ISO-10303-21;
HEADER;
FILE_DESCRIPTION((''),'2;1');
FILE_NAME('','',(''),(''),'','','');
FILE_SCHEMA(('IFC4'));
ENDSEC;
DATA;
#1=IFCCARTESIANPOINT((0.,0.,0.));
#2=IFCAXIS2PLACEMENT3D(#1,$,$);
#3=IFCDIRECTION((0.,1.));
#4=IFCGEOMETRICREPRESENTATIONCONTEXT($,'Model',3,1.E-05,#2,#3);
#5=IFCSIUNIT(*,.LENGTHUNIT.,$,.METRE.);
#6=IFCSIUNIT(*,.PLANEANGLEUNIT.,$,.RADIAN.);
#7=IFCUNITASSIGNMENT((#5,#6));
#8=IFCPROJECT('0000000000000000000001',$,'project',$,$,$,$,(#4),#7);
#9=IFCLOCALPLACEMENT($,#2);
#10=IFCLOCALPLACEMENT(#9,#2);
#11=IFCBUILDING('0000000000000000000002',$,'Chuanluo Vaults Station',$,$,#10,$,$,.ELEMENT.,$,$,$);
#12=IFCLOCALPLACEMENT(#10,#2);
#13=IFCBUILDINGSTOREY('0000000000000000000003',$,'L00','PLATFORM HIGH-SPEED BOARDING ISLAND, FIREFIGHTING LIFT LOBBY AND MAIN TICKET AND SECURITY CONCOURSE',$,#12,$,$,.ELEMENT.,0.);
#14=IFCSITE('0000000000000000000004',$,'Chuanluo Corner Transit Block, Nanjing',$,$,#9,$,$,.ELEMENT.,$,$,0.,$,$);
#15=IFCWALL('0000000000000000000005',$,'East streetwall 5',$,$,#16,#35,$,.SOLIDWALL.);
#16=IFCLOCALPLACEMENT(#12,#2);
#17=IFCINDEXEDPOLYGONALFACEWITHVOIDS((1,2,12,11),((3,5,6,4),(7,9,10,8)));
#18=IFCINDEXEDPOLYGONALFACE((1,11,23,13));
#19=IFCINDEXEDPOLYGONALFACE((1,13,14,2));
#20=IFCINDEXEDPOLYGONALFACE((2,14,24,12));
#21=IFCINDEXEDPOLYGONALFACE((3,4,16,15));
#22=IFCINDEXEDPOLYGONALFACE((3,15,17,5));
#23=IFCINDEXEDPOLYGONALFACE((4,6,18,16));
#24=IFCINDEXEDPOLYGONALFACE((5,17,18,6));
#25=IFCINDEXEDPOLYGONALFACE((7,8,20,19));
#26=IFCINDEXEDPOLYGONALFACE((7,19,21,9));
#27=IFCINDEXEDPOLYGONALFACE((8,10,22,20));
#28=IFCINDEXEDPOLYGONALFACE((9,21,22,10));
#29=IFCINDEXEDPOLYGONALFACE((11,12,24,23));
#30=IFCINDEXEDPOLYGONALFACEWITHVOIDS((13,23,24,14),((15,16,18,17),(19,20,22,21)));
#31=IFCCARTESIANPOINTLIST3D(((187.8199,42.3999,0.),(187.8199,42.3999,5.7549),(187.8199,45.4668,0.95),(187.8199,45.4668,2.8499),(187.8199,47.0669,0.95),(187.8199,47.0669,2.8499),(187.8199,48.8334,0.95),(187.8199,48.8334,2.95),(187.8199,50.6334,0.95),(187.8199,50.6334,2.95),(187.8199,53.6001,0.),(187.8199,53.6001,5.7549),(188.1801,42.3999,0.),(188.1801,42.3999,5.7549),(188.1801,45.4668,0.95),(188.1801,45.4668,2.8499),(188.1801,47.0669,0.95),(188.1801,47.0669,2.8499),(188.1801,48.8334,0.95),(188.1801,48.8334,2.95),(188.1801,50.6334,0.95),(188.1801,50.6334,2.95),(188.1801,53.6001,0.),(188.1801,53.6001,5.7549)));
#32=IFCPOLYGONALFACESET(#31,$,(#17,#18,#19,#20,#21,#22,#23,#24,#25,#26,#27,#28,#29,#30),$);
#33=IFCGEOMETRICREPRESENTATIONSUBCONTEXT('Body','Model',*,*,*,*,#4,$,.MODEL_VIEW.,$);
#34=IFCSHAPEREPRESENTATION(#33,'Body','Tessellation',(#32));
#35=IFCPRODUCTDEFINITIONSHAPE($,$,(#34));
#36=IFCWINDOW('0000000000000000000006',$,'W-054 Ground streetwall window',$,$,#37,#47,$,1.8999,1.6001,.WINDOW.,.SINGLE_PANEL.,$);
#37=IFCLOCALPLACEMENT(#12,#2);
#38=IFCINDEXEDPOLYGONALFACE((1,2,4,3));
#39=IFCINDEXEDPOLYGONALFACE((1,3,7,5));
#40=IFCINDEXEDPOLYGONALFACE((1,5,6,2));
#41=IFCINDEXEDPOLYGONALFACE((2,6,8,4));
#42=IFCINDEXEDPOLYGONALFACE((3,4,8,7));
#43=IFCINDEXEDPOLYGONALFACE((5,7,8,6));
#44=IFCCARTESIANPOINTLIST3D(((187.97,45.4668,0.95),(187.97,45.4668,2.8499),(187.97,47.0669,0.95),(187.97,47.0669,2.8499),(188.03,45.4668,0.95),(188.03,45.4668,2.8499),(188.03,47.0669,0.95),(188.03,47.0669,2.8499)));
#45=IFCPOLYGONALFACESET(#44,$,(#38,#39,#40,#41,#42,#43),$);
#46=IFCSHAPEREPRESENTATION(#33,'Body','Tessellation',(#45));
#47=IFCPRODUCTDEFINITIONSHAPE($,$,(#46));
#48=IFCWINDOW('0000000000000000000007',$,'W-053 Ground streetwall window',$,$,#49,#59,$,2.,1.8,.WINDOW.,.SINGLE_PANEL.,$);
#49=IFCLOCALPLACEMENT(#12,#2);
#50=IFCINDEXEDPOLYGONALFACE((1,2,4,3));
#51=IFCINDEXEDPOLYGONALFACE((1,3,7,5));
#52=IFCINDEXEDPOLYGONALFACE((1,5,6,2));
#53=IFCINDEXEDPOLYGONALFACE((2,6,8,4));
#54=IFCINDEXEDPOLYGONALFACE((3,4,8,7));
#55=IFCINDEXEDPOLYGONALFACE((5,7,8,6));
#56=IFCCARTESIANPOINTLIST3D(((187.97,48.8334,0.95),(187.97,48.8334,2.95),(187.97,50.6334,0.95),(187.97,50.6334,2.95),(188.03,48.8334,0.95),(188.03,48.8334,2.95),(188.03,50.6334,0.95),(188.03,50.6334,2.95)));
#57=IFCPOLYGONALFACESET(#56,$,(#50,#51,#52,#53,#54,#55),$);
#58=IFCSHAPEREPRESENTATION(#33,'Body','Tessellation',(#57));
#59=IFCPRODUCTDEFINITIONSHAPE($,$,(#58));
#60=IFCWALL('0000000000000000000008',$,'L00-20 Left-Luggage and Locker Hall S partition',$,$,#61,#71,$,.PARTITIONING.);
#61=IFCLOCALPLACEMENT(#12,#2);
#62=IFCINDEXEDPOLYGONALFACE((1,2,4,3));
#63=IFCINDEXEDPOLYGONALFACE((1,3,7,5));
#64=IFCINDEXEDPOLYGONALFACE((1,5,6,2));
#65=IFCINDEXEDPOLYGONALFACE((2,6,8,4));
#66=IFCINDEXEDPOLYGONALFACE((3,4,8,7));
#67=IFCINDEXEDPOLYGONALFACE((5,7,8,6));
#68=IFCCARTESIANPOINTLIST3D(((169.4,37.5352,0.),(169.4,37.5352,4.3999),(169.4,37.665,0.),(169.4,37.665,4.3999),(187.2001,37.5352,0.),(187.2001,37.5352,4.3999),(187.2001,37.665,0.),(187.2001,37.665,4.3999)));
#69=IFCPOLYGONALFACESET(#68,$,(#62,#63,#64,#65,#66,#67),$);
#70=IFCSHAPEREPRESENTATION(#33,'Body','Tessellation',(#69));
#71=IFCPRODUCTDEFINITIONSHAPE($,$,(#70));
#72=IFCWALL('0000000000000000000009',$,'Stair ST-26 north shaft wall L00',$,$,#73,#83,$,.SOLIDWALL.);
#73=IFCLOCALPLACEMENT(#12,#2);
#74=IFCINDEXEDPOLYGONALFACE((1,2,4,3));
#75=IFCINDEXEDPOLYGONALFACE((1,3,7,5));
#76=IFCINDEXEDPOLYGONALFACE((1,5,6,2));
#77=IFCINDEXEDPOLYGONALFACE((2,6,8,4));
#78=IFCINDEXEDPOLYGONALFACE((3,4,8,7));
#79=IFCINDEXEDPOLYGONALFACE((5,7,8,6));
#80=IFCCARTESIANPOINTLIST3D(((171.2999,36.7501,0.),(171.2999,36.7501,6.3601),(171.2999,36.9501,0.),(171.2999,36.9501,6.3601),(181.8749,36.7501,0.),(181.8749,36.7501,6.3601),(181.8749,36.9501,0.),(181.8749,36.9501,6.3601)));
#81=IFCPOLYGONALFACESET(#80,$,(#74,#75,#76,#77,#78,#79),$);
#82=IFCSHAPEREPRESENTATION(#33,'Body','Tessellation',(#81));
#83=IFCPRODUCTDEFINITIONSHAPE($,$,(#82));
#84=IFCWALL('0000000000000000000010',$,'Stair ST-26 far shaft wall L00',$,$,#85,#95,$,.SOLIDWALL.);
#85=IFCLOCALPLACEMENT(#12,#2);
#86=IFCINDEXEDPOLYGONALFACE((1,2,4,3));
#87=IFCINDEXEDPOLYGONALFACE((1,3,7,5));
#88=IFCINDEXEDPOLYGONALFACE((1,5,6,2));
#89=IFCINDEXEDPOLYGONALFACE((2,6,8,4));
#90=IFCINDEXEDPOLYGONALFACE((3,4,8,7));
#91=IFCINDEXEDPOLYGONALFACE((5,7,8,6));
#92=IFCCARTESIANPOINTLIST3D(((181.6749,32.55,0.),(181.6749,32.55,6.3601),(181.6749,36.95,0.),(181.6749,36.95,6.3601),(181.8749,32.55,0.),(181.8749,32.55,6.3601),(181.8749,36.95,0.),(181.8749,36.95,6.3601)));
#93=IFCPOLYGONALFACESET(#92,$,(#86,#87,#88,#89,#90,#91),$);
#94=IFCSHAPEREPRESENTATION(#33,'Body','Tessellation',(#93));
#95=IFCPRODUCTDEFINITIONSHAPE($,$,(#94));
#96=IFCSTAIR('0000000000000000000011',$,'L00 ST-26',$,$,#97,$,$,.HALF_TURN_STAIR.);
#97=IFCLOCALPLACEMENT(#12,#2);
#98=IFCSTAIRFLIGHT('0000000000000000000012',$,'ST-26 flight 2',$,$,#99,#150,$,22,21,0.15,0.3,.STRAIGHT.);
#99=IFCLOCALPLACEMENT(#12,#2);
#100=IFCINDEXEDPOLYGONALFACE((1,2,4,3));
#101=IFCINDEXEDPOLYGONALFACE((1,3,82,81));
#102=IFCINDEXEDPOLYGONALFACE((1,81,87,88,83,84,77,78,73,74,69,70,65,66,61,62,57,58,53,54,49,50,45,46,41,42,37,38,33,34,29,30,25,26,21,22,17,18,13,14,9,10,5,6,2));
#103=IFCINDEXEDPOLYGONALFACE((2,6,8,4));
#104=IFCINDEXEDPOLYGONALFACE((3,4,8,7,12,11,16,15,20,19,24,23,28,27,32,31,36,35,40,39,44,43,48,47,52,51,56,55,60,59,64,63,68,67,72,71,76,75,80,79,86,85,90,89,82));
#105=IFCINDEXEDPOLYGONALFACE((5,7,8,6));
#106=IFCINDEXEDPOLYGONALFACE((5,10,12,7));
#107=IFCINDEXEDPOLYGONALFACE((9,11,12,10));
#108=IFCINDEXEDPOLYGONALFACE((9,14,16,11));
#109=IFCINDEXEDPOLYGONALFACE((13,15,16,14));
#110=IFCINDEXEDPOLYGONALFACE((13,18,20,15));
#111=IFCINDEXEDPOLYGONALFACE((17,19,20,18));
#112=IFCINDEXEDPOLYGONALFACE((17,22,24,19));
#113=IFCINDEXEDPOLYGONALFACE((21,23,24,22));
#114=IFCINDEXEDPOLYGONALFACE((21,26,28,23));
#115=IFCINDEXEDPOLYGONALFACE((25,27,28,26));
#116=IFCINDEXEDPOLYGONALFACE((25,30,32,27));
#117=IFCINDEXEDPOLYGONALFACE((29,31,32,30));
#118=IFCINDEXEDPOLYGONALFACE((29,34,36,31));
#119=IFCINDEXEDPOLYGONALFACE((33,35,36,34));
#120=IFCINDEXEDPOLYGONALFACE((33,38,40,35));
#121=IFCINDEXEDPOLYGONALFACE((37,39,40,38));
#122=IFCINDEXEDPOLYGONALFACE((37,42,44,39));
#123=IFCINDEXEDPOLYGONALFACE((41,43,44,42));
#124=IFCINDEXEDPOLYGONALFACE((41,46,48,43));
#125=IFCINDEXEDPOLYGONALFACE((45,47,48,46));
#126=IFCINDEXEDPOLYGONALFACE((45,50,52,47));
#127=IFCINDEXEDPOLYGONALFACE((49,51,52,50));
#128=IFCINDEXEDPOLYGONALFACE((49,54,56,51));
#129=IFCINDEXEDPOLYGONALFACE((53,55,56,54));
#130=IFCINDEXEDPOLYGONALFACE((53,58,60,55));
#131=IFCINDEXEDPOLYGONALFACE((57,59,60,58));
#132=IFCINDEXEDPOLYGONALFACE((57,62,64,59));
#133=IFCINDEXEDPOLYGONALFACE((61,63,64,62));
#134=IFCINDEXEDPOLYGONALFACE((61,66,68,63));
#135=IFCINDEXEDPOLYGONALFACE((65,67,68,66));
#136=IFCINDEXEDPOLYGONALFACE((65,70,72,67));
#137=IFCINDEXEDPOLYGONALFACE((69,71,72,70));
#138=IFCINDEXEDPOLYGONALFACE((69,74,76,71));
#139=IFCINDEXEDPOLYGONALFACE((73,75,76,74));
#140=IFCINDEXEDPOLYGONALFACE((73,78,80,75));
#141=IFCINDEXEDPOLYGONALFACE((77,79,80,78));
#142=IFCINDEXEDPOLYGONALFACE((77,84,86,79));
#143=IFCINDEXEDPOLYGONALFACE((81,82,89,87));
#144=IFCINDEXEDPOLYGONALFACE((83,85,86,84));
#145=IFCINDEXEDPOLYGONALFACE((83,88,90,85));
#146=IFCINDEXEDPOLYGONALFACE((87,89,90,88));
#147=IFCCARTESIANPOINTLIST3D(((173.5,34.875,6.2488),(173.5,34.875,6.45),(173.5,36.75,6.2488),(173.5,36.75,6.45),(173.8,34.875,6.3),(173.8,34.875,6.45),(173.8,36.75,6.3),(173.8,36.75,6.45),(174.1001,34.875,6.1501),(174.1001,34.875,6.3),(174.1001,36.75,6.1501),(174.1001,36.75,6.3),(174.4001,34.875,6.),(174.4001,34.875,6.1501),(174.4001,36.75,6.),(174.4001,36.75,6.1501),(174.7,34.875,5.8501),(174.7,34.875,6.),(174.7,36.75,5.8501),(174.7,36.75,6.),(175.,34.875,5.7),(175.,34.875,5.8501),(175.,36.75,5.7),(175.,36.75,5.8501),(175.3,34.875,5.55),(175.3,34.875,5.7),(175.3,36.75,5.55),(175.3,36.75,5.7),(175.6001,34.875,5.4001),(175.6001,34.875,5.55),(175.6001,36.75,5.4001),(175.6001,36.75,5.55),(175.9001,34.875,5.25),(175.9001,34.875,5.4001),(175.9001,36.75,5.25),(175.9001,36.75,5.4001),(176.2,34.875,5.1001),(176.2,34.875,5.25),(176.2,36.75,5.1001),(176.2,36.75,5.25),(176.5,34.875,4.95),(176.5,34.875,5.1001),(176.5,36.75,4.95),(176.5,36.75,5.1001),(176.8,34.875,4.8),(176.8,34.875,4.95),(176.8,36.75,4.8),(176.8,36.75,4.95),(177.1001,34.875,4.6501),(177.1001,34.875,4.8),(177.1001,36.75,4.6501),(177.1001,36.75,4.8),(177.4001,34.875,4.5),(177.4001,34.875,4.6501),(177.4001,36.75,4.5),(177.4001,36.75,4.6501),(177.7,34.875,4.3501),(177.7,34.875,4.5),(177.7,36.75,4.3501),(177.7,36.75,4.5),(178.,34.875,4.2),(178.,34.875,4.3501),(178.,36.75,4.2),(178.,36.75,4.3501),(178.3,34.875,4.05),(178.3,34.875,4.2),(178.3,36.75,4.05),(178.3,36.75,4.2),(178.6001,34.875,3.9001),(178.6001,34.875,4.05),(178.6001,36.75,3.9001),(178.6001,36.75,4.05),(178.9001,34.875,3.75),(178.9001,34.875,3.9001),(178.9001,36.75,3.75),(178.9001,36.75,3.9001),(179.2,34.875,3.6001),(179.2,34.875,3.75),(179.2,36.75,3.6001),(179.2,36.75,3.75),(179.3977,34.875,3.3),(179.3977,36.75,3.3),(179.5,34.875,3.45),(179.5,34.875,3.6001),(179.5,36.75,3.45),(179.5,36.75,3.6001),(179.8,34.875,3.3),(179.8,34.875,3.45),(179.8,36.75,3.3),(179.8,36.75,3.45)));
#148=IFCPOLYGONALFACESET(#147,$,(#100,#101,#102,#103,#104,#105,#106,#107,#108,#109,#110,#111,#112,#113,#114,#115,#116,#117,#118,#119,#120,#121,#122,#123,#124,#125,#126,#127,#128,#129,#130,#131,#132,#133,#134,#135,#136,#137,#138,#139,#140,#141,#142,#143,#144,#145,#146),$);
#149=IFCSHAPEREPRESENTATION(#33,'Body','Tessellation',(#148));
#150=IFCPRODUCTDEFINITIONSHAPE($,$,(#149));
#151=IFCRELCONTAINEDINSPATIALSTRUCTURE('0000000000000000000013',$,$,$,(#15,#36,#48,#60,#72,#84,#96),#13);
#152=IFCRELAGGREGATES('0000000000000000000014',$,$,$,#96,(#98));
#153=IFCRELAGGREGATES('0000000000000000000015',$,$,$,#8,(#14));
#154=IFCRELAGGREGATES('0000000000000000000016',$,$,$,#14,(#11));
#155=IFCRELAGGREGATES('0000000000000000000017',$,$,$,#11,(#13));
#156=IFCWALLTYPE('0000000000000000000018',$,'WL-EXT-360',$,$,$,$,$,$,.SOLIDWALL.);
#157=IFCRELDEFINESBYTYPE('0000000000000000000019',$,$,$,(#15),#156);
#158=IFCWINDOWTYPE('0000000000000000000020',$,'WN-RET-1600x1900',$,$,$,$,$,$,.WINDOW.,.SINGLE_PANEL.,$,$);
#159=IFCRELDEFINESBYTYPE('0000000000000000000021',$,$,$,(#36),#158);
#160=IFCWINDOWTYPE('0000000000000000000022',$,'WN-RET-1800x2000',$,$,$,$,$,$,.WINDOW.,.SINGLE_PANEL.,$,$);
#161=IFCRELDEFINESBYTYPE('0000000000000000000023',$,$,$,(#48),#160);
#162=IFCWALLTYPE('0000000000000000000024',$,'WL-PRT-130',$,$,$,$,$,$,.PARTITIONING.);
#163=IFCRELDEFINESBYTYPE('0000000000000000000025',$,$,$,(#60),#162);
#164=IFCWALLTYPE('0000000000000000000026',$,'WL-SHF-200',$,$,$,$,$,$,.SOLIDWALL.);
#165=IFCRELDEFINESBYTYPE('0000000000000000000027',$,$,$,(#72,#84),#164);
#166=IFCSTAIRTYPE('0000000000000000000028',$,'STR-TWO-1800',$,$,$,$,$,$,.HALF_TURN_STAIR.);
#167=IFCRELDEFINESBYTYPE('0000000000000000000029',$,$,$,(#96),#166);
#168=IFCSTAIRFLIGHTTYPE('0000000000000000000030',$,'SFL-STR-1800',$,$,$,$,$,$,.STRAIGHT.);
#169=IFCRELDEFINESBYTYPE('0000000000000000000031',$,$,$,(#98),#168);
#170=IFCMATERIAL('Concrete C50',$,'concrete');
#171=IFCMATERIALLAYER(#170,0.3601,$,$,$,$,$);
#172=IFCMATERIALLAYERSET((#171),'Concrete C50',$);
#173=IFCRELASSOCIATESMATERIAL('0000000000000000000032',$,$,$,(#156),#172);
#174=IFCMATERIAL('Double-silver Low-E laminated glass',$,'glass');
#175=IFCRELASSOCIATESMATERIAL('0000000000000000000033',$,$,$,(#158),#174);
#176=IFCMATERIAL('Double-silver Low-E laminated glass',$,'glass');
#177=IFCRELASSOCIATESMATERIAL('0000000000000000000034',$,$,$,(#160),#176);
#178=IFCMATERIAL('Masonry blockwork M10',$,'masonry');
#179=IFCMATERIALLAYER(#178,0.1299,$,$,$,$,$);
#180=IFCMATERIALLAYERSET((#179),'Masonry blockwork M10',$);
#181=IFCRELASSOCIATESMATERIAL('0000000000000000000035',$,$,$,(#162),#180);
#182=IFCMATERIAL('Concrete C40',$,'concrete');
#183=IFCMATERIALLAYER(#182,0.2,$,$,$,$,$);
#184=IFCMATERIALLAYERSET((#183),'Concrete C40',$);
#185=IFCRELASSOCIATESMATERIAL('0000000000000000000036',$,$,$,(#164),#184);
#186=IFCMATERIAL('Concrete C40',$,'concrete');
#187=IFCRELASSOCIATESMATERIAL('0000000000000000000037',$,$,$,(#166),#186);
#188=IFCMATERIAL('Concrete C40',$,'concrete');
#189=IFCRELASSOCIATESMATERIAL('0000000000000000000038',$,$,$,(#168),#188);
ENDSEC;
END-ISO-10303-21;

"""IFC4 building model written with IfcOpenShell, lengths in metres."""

from ifc_helpers import new_model, si_unit, direction, frame, frame_2d, origin, place, context, subcontext, project, spatial, polyline, rectangle, outline, extrude, material, layer, layer_set, type_object, element, fill, aggregate, save


model = new_model("IFC4")

# Units and contexts
model_context = context("Model", 3, precision=1e-05, world=origin(), true_north=direction((0.0, 1.0)))
body_context = subcontext(model_context, "Body", "Model", "MODEL_VIEW")
ifc_project = project(units=[si_unit("LENGTHUNIT", "METRE"), si_unit("PLANEANGLEUNIT", "RADIAN")], contexts=[model_context])

# Site, building, storey
site_placement = place(None, origin())
site = spatial("IfcSite", under=ifc_project, at=site_placement, Name="Chuanluo Corner Transit Block, Nanjing", CompositionType="ELEMENT", RefElevation=0.0)
building_placement = place(site_placement, origin())
building = spatial("IfcBuilding", under=site, at=building_placement, Name="Chuanluo Vaults Station", CompositionType="ELEMENT")
storey_placement = place(building_placement, origin())
storey = spatial("IfcBuildingStorey", under=building, at=storey_placement, Name="L00", Description="PLATFORM HIGH-SPEED BOARDING ISLAND, FIREFIGHTING LIFT LOBBY AND MAIN TICKET AND SECURITY CONCOURSE", CompositionType="ELEMENT", Elevation=0.0)

# Shared definitions
ifc_material_1 = material(Name="Concrete C50", Category="concrete")
ifc_layer_1 = layer(ifc_material_1, 0.3601)
ifc_layer_set_1 = layer_set([ifc_layer_1], Name="Concrete C50")
wall_type_1 = type_object("IfcWallType", Name="WL-EXT-360", PredefinedType="SOLIDWALL", material=ifc_layer_set_1)

# Wall, openings, windows
wall_1_placement = place(storey_placement, frame((188.0, 53.6001, 0.0), z_axis=(0.0, 0.0, 1.0), x_axis=(0.0, -1.0, 0.0)))
wall_1 = element("IfcWall", 1, at=wall_1_placement, inside=storey, type_object=wall_type_1, Name="East streetwall 5", PredefinedType="SOLIDWALL", context=body_context, shape_type="SweptSolid", body=[
    extrude(rectangle(XDim=11.2002, YDim=0.3601, at=frame_2d((5.6001, 0.0))), origin(), (0.0, 0.0, 1.0), 5.7549),
])
opening_1_placement = place(wall_1_placement, frame((2.9668, 0.0, 0.95)))
opening_1 = element("IfcOpeningElement", 2, at=opening_1_placement, cuts=wall_1, PredefinedType="OPENING", context=body_context, shape_type="SweptSolid", body=[
    extrude(rectangle(XDim=1.8, YDim=2.0, at=frame_2d((0.8999, 1.0))), frame((0.0, 0.1902, 0.0), z_axis=(0.0, -1.0, 0.0), x_axis=(1.0, 0.0, 0.0)), (0.0, 0.0, 1.0), 0.3801),
])
opening_2_placement = place(wall_1_placement, frame((6.5332, 0.0, 0.95)))
opening_2 = element("IfcOpeningElement", 3, at=opening_2_placement, cuts=wall_1, PredefinedType="OPENING", context=body_context, shape_type="SweptSolid", body=[
    extrude(rectangle(XDim=1.6001, YDim=1.8999, at=frame_2d((0.8, 0.95))), frame((0.0, 0.1902, 0.0), z_axis=(0.0, -1.0, 0.0), x_axis=(1.0, 0.0, 0.0)), (0.0, 0.0, 1.0), 0.3801),
])
ifc_material_2 = material(Name="Double-silver Low-E laminated glass", Category="glass")
window_type_1 = type_object("IfcWindowType", Name="WN-RET-1600x1900", PartitioningType="SINGLE_PANEL", PredefinedType="WINDOW", material=ifc_material_2)
window_1_placement = place(opening_2_placement, origin())
window_1 = element("IfcWindow", 4, at=window_1_placement, inside=storey, type_object=window_type_1, Name="W-054 Ground streetwall window", OverallHeight=1.8999, OverallWidth=1.6001, PartitioningType="SINGLE_PANEL", PredefinedType="WINDOW", context=body_context, shape_type="SweptSolid", body=[
    extrude(rectangle(XDim=1.6001, YDim=1.8999, at=frame_2d((0.8, 0.95))), frame((0.0, 0.03, 0.0), z_axis=(0.0, -1.0, 0.0), x_axis=(1.0, 0.0, 0.0)), (0.0, 0.0, 1.0), 0.0601),
])
fill(opening_2, window_1)
ifc_material_3 = material(Name="Double-silver Low-E laminated glass", Category="glass")
window_type_2 = type_object("IfcWindowType", Name="WN-RET-1800x2000", PartitioningType="SINGLE_PANEL", PredefinedType="WINDOW", material=ifc_material_3)
window_2_placement = place(opening_1_placement, origin())
window_2 = element("IfcWindow", 5, at=window_2_placement, inside=storey, type_object=window_type_2, Name="W-053 Ground streetwall window", OverallHeight=2.0, OverallWidth=1.8, PartitioningType="SINGLE_PANEL", PredefinedType="WINDOW", context=body_context, shape_type="SweptSolid", body=[
    extrude(rectangle(XDim=1.8, YDim=2.0, at=frame_2d((0.8999, 1.0))), frame((0.0, 0.03, 0.0), z_axis=(0.0, -1.0, 0.0), x_axis=(1.0, 0.0, 0.0)), (0.0, 0.0, 1.0), 0.0601),
])
fill(opening_1, window_2)

# Walls
ifc_material_4 = material(Name="Masonry blockwork M10", Category="masonry")
ifc_layer_2 = layer(ifc_material_4, 0.1299)
ifc_layer_set_2 = layer_set([ifc_layer_2], Name="Masonry blockwork M10")
wall_type_2 = type_object("IfcWallType", Name="WL-PRT-130", PredefinedType="PARTITIONING", material=ifc_layer_set_2)
wall_2_placement = place(storey_placement, frame((187.2, 37.6001, 0.0), z_axis=(0.0, 0.0, 1.0), x_axis=(-1.0, 0.0, 0.0)))
element("IfcWall", 6, at=wall_2_placement, inside=storey, type_object=wall_type_2, Name="L00-20 Left-Luggage and Locker Hall S partition", PredefinedType="PARTITIONING", context=body_context, shape_type="SweptSolid", body=[
    extrude(rectangle(XDim=17.8, YDim=0.1299, at=frame_2d((8.8999, 0.0))), origin(), (0.0, 0.0, 1.0), 4.3999),
])
ifc_material_5 = material(Name="Concrete C40", Category="concrete")
ifc_layer_3 = layer(ifc_material_5, 0.2)
ifc_layer_set_3 = layer_set([ifc_layer_3], Name="Concrete C40")
wall_type_3 = type_object("IfcWallType", Name="WL-SHF-200", PredefinedType="SOLIDWALL", material=ifc_layer_set_3)
wall_3_placement = place(storey_placement, frame((181.875, 36.8501, 0.0), z_axis=(0.0, 0.0, 1.0), x_axis=(-1.0, 0.0, 0.0)))
element("IfcWall", 7, at=wall_3_placement, inside=storey, type_object=wall_type_3, Name="Stair ST-26 north shaft wall L00", PredefinedType="SOLIDWALL", context=body_context, shape_type="SweptSolid", body=[
    extrude(rectangle(XDim=10.575, YDim=0.2, at=frame_2d((5.2876, 0.0))), origin(), (0.0, 0.0, 1.0), 6.3601),
])
wall_4_placement = place(storey_placement, frame((181.7749, 32.55, 0.0), z_axis=(0.0, 0.0, 1.0), x_axis=(0.0, 1.0, 0.0)))
element("IfcWall", 8, at=wall_4_placement, inside=storey, type_object=wall_type_3, Name="Stair ST-26 far shaft wall L00", PredefinedType="SOLIDWALL", context=body_context, shape_type="SweptSolid", body=[
    extrude(rectangle(XDim=4.3999, YDim=0.2, at=frame_2d((2.2, 0.0))), origin(), (0.0, 0.0, 1.0), 6.3601),
])

# Stair, stair flight
ifc_material_6 = material(Name="Concrete C40", Category="concrete")
stair_type = type_object("IfcStairType", Name="STR-TWO-1800", PredefinedType="HALF_TURN_STAIR", material=ifc_material_6)
stair_placement = place(storey_placement, origin())
stair = element("IfcStair", 9, at=stair_placement, inside=storey, type_object=stair_type, Name="L00 ST-26", PredefinedType="HALF_TURN_STAIR")
ifc_material_7 = material(Name="Concrete C40", Category="concrete")
stair_flight_type = type_object("IfcStairFlightType", Name="SFL-STR-1800", PredefinedType="STRAIGHT", material=ifc_material_7)
stair_flight_placement = place(storey_placement, frame((179.8, 35.8125, 3.3), z_axis=(0.0, 0.0, 1.0), x_axis=(-1.0, 0.0, 0.0)))
stair_flight = element("IfcStairFlight", 10, at=stair_flight_placement, type_object=stair_flight_type, Name="ST-26 flight 2", NumberOfRisers=22, NumberOfTreads=21, PredefinedType="STRAIGHT", RiserHeight=0.15, TreadLength=0.3, context=body_context, shape_type="SweptSolid", body=[
    extrude(outline(polyline([(0.0, 0.0), (0.0, 0.1499), (0.3, 0.1499), (0.3, 0.3), (0.6001, 0.3), (0.6001, 0.45), (0.8999, 0.45), (0.8999, 0.6001), (1.2, 0.6001), (1.2, 0.75), (1.5, 0.75), (1.5, 0.8999), (1.8, 0.8999), (1.8, 1.05), (2.1001, 1.05), (2.1001, 1.2), (2.3999, 1.2), (2.3999, 1.3501), (2.7, 1.3501), (2.7, 1.5), (3.0, 1.5), (3.0, 1.6499), (3.3, 1.6499), (3.3, 1.8), (3.6001, 1.8), (3.6001, 1.95), (3.8999, 1.95), (3.8999, 2.1001), (4.2, 2.1001), (4.2, 2.25), (4.5, 2.25), (4.5, 2.3999), (4.8, 2.3999), (4.8, 2.55), (5.1001, 2.55), (5.1001, 2.7), (5.3999, 2.7), (5.3999, 2.8501), (5.7, 2.8501), (5.7, 3.0), (6.0, 3.0), (6.0, 3.1499), (6.3, 3.1499), (6.3, 3.3), (6.3, 2.9487), (0.4023, 0.0), (0.0, 0.0)])), frame((0.0, 0.9375, 0.0), z_axis=(0.0, -1.0, 0.0), x_axis=(1.0, 0.0, 0.0)), (0.0, 0.0, 1.0), 1.875),
])
aggregate(stair, [stair_flight])

save(model, "model.ifc")
